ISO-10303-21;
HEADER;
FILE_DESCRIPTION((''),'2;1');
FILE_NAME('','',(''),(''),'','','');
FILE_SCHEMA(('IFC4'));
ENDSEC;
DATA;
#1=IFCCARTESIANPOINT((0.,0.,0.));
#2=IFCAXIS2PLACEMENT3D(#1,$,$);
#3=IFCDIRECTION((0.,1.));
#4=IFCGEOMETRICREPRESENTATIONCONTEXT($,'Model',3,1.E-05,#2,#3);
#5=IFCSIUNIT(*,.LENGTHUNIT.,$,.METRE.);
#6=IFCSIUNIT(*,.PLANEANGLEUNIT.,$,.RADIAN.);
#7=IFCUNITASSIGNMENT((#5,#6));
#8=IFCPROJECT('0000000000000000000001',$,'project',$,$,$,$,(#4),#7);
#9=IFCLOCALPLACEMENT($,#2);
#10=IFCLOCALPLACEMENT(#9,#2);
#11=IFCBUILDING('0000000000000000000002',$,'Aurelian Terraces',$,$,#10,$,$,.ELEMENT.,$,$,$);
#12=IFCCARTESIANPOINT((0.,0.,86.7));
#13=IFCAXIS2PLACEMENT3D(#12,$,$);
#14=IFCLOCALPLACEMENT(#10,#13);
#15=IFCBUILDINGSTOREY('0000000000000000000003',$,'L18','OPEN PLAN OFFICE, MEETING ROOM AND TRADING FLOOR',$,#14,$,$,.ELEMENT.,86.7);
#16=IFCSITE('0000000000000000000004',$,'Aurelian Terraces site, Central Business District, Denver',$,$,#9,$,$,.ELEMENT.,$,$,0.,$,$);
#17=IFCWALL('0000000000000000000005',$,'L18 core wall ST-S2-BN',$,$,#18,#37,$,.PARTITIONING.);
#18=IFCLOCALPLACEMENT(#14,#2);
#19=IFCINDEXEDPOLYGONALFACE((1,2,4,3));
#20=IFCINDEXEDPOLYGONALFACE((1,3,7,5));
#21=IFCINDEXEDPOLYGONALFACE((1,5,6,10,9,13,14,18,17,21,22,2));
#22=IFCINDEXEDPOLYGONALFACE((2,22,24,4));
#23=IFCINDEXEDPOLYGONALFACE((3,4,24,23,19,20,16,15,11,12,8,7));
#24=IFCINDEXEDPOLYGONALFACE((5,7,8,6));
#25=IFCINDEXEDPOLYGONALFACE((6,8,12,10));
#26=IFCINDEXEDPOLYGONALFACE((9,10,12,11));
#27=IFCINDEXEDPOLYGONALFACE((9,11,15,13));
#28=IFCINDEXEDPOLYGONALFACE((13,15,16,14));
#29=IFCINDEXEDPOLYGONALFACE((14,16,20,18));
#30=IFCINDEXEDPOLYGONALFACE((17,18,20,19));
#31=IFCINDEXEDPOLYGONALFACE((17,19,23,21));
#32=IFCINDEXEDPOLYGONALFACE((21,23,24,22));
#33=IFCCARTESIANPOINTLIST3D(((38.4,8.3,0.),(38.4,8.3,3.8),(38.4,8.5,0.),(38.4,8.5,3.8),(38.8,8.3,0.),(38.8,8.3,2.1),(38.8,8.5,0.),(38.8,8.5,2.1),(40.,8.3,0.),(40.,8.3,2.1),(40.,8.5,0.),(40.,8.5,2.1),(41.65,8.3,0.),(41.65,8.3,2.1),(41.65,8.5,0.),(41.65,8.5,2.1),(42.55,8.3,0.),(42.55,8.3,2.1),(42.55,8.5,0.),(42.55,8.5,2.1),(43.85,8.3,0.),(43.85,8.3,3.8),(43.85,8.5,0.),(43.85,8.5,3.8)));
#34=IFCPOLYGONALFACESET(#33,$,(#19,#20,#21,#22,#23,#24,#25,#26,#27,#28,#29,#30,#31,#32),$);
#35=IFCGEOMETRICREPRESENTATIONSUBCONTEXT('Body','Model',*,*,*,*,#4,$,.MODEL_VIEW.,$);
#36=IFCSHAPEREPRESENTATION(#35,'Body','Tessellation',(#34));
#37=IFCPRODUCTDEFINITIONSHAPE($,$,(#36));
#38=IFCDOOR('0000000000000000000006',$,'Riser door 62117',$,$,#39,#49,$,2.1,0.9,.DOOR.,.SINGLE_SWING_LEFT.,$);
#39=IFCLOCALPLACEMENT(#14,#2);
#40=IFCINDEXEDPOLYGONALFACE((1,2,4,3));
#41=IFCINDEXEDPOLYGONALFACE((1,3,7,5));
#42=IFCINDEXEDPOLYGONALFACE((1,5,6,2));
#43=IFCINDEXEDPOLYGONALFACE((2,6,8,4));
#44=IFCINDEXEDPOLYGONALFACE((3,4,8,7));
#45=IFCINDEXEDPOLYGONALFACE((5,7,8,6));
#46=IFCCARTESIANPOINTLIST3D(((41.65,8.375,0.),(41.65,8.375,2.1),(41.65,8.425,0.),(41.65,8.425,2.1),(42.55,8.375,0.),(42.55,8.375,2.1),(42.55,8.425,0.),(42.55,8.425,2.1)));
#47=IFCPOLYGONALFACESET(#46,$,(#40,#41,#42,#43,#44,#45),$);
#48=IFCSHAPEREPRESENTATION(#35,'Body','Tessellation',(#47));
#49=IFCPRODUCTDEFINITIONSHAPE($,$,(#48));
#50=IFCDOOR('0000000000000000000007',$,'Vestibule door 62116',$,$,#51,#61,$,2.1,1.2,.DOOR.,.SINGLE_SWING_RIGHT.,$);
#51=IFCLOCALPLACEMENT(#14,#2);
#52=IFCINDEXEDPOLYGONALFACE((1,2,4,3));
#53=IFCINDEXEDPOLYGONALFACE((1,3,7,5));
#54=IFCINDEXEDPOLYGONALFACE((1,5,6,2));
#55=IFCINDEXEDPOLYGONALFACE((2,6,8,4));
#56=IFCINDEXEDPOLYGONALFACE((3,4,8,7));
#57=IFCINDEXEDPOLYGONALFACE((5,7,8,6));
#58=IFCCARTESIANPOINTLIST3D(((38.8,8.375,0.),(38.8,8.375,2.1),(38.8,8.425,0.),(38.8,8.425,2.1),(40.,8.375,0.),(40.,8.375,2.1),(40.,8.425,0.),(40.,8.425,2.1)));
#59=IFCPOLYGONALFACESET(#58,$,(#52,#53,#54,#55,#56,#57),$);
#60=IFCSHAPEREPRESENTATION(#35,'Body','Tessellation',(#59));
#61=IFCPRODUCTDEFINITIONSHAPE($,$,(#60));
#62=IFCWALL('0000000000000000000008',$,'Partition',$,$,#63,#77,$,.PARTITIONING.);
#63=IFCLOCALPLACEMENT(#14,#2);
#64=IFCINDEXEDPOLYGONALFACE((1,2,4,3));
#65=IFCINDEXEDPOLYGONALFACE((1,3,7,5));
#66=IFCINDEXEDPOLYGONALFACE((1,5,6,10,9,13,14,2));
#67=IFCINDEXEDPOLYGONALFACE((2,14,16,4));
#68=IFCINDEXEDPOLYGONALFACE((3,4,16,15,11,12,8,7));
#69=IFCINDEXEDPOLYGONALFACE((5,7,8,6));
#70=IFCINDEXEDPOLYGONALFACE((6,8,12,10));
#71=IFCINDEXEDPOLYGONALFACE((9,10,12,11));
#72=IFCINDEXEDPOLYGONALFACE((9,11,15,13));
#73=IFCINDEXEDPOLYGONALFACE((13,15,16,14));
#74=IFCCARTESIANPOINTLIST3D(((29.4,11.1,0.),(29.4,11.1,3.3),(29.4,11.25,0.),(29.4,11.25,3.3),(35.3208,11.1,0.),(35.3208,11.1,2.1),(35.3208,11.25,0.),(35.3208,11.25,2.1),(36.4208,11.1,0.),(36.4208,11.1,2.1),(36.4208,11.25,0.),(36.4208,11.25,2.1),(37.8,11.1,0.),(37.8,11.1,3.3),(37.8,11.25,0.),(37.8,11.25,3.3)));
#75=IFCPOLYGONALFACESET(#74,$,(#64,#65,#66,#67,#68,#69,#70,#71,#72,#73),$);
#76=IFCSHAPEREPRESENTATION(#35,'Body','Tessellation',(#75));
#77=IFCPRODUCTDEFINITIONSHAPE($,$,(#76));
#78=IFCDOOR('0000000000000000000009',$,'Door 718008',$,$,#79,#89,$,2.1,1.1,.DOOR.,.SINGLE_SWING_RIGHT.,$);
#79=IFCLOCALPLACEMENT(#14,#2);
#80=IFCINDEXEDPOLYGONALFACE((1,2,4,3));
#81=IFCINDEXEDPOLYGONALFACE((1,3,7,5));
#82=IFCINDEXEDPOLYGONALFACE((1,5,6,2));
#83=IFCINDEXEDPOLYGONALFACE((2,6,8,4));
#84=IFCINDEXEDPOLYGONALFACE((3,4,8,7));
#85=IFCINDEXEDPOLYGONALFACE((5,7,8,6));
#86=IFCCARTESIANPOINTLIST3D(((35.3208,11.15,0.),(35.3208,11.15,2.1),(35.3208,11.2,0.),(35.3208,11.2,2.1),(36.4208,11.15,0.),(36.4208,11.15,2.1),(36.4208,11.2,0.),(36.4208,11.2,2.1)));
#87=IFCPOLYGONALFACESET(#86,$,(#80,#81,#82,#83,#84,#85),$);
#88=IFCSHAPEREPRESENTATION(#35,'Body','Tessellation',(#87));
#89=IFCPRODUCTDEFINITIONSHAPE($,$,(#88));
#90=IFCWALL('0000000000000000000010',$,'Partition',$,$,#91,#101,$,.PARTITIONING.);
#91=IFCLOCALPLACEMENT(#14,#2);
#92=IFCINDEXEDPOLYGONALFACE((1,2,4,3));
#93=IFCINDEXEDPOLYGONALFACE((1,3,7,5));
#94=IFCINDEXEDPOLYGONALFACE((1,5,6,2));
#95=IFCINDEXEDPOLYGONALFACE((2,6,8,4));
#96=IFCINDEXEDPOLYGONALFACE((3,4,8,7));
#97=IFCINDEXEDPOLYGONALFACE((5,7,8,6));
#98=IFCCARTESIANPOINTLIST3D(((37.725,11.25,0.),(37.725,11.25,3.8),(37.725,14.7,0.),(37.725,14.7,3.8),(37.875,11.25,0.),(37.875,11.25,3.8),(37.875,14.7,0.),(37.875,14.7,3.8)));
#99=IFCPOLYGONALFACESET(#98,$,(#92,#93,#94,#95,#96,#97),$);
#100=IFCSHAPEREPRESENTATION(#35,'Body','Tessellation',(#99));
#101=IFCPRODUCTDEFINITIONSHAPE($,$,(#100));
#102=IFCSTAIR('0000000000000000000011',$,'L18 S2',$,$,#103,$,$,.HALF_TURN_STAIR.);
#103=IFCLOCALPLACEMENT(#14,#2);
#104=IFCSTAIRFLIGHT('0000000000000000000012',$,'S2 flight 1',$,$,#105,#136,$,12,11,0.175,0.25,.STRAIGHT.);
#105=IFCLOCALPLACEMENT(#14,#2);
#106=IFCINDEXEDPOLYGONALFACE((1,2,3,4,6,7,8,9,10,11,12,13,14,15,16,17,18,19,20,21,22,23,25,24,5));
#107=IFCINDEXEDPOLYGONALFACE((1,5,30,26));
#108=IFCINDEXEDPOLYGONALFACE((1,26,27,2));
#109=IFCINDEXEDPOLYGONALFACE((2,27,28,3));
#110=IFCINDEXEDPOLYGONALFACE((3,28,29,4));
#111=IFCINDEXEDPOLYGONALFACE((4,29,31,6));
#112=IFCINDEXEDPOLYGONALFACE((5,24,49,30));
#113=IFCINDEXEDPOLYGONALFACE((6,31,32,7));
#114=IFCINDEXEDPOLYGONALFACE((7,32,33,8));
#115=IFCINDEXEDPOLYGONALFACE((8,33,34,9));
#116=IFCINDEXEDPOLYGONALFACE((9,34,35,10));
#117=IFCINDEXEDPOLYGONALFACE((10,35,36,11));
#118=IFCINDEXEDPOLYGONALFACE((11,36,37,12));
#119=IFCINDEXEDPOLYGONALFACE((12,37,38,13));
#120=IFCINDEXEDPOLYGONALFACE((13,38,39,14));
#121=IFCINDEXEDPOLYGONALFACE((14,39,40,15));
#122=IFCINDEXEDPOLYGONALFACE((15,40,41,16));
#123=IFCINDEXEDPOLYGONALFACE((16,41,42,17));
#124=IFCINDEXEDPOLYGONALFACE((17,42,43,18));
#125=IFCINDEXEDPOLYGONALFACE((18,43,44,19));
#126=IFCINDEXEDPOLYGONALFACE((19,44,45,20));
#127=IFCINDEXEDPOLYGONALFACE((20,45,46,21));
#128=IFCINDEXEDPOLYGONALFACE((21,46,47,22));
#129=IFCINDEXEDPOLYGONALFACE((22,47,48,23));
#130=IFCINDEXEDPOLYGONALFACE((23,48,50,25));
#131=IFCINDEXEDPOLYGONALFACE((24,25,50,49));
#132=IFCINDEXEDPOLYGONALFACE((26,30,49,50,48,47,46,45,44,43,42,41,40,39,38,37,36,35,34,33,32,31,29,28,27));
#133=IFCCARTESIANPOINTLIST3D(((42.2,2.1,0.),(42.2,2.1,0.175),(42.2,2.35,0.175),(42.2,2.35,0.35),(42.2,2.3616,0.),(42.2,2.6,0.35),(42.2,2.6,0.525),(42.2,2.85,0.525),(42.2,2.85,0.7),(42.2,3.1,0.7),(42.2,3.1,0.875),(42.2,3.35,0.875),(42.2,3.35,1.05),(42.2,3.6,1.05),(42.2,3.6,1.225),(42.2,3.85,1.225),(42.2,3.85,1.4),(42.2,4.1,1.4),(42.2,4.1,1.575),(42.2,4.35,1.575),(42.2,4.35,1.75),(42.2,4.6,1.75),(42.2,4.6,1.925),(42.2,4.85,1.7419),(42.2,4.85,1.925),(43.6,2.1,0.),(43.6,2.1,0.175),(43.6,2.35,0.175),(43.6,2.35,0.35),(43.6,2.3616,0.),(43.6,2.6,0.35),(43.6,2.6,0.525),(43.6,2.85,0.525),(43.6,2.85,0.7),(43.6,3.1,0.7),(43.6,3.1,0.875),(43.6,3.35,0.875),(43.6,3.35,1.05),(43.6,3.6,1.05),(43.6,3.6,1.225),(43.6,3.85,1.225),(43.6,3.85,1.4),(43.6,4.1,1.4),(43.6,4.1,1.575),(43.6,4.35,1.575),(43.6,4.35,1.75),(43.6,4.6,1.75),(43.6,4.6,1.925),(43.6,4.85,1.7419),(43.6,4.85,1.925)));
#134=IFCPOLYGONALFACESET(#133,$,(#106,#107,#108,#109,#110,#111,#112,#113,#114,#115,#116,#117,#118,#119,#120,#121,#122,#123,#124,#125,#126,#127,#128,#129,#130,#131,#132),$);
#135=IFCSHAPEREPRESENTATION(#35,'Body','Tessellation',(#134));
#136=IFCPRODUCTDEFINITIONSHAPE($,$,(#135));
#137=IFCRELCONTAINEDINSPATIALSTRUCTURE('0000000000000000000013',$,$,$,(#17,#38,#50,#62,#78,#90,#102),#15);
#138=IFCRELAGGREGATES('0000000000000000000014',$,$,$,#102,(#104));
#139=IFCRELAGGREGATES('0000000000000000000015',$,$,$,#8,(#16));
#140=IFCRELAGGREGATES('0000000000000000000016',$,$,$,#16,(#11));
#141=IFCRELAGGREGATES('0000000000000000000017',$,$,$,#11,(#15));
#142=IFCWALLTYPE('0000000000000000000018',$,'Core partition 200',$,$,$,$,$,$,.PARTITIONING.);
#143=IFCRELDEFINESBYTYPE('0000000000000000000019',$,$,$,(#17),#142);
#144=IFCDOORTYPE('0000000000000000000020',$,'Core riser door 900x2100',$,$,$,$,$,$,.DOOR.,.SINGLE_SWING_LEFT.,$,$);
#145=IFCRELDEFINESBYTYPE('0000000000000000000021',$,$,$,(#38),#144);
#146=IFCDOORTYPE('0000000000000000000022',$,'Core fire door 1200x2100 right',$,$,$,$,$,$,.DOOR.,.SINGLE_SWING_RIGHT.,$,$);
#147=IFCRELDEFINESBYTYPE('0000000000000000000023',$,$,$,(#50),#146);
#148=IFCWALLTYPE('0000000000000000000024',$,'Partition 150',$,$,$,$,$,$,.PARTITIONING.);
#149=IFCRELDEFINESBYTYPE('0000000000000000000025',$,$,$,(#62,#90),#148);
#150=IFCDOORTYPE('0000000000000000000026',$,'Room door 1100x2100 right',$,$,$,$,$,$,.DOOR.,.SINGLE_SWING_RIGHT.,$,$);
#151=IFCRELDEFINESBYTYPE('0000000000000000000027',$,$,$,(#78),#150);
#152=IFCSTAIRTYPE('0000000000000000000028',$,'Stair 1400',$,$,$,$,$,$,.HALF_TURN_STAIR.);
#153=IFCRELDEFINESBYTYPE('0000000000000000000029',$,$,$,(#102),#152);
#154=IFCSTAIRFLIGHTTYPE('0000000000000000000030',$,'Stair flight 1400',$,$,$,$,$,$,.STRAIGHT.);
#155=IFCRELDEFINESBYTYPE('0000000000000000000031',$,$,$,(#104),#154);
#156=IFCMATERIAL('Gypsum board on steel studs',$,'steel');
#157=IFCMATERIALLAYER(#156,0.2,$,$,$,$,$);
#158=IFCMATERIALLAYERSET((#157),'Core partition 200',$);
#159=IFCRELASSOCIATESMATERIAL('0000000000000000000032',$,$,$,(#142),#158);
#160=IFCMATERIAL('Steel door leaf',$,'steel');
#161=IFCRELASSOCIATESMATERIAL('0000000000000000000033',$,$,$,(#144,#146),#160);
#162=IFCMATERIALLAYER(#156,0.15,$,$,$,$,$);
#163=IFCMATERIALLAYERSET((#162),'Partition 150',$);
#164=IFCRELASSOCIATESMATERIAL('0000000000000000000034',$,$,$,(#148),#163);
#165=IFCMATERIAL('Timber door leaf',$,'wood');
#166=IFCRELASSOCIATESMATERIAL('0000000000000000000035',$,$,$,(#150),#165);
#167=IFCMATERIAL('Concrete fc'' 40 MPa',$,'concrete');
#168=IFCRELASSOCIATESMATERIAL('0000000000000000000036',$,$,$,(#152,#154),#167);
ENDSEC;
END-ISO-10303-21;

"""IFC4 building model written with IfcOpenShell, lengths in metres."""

from ifc_helpers import new_model, si_unit, direction, frame, frame_2d, origin, place, context, subcontext, project, spatial, polyline, rectangle, outline, extrude, source, transform, mapped, material, layer, layer_set, type_object, element, fill, aggregate, save


model = new_model("IFC4")

# Units and contexts
model_context = context("Model", 3, precision=1e-05, world=origin(), true_north=direction((0.0, 1.0)))
body_context = subcontext(model_context, "Body", "Model", "MODEL_VIEW")
ifc_project = project(units=[si_unit("LENGTHUNIT", "METRE"), si_unit("PLANEANGLEUNIT", "RADIAN")], contexts=[model_context])

# Site, building, storey
site_placement = place(None, origin())
site = spatial("IfcSite", under=ifc_project, at=site_placement, Name="Aurelian Terraces site, Central Business District, Denver", CompositionType="ELEMENT", RefElevation=0.0)
building_placement = place(site_placement, origin())
building = spatial("IfcBuilding", under=site, at=building_placement, Name="Aurelian Terraces", CompositionType="ELEMENT")
storey_placement = place(building_placement, frame((0.0, 0.0, 86.7)))
storey = spatial("IfcBuildingStorey", under=building, at=storey_placement, Name="L18", Description="OPEN PLAN OFFICE, MEETING ROOM AND TRADING FLOOR", CompositionType="ELEMENT", Elevation=86.7)

# Shared definitions
ifc_material_1 = material(Name="Concrete fc' 40 MPa", Category="concrete")

# Shared definitions
ifc_material_2 = material(Name="Steel door leaf", Category="steel")
shared_shape_1 = source(origin(), body_context, "Body", "SweptSolid", [
    extrude(rectangle(XDim=1.1, YDim=2.1, at=frame_2d((0.55, 1.05))), frame((0.0, 0.025, 0.0), z_axis=(0.0, -1.0, 0.0), x_axis=(1.0, 0.0, 0.0)), (0.0, 0.0, 1.0), 0.05),
])

# Shared definitions
ifc_material_3 = material(Name="Gypsum board on steel studs", Category="steel")
ifc_layer_1 = layer(ifc_material_3, 0.2)
ifc_layer_set_1 = layer_set([ifc_layer_1], Name="Core partition 200")
wall_type_1 = type_object("IfcWallType", Name="Core partition 200", PredefinedType="PARTITIONING", material=ifc_layer_set_1)

# Wall, openings, doors
shared_shape_2 = source(origin(), body_context, "Body", "SweptSolid", [
    extrude(rectangle(XDim=5.45, YDim=0.2, at=frame_2d((2.725, 0.0))), origin(), (0.0, 0.0, 1.0), 3.8),
])
wall_1_placement = place(storey_placement, frame((38.4, 8.4, 0.0), z_axis=(0.0, 0.0, 1.0), x_axis=(1.0, 0.0, 0.0)))
wall_1 = element("IfcWall", 1, at=wall_1_placement, inside=storey, type_object=wall_type_1, Name="L18 core wall ST-S2-BN", PredefinedType="PARTITIONING", context=body_context, shape_type="MappedRepresentation", body=[
    mapped(shared_shape_2, transform((0.0, 0.0, 0.0), scale=1.0)),
])
shared_shape_3 = source(origin(), body_context, "Body", "SweptSolid", [
    extrude(rectangle(XDim=1.2, YDim=2.1, at=frame_2d((0.6, 1.05))), frame((0.0, 0.11, 0.0), z_axis=(0.0, -1.0, 0.0), x_axis=(1.0, 0.0, 0.0)), (0.0, 0.0, 1.0), 0.22),
])
opening_1_placement = place(wall_1_placement, frame((0.4, 0.0, 0.0)))
opening_1 = element("IfcOpeningElement", 2, at=opening_1_placement, cuts=wall_1, PredefinedType="OPENING", context=body_context, shape_type="MappedRepresentation", body=[
    mapped(shared_shape_3, transform((0.0, 0.0, 0.0), scale=1.0)),
])
shared_shape_4 = source(origin(), body_context, "Body", "SweptSolid", [
    extrude(rectangle(XDim=0.9, YDim=2.1, at=frame_2d((0.45, 1.05))), frame((0.0, 0.11, 0.0), z_axis=(0.0, -1.0, 0.0), x_axis=(1.0, 0.0, 0.0)), (0.0, 0.0, 1.0), 0.22),
])
opening_2_placement = place(wall_1_placement, frame((3.25, 0.0, 0.0)))
opening_2 = element("IfcOpeningElement", 3, at=opening_2_placement, cuts=wall_1, PredefinedType="OPENING", context=body_context, shape_type="MappedRepresentation", body=[
    mapped(shared_shape_4, transform((0.0, 0.0, 0.0), scale=1.0)),
])
door_type_1 = type_object("IfcDoorType", Name="Core riser door 900x2100", OperationType="SINGLE_SWING_LEFT", PredefinedType="DOOR", material=ifc_material_2)
shared_shape_5 = source(origin(), body_context, "Body", "SweptSolid", [
    extrude(rectangle(XDim=0.9, YDim=2.1, at=frame_2d((0.45, 1.05))), frame((0.0, 0.025, 0.0), z_axis=(0.0, -1.0, 0.0), x_axis=(1.0, 0.0, 0.0)), (0.0, 0.0, 1.0), 0.05),
])
door_1_placement = place(opening_2_placement, origin())
door_1 = element("IfcDoor", 4, at=door_1_placement, inside=storey, type_object=door_type_1, Name="Riser door 62117", OperationType="SINGLE_SWING_LEFT", OverallHeight=2.1, OverallWidth=0.9, PredefinedType="DOOR", context=body_context, shape_type="MappedRepresentation", body=[
    mapped(shared_shape_5, transform((0.0, 0.0, 0.0), scale=1.0)),
])
fill(opening_2, door_1)
door_type_2 = type_object("IfcDoorType", Name="Core fire door 1200x2100 right", OperationType="SINGLE_SWING_RIGHT", PredefinedType="DOOR", material=ifc_material_2)
shared_shape_6 = source(origin(), body_context, "Body", "SweptSolid", [
    extrude(rectangle(XDim=1.2, YDim=2.1, at=frame_2d((0.6, 1.05))), frame((0.0, 0.025, 0.0), z_axis=(0.0, -1.0, 0.0), x_axis=(1.0, 0.0, 0.0)), (0.0, 0.0, 1.0), 0.05),
])
door_2_placement = place(opening_1_placement, origin())
door_2 = element("IfcDoor", 5, at=door_2_placement, inside=storey, type_object=door_type_2, Name="Vestibule door 62116", OperationType="SINGLE_SWING_RIGHT", OverallHeight=2.1, OverallWidth=1.2, PredefinedType="DOOR", context=body_context, shape_type="MappedRepresentation", body=[
    mapped(shared_shape_6, transform((0.0, 0.0, 0.0), scale=1.0)),
])
fill(opening_1, door_2)

# Wall, opening, door
ifc_layer_2 = layer(ifc_material_3, 0.15)
ifc_layer_set_2 = layer_set([ifc_layer_2], Name="Partition 150")
wall_type_2 = type_object("IfcWallType", Name="Partition 150", PredefinedType="PARTITIONING", material=ifc_layer_set_2)
shared_shape_7 = source(origin(), body_context, "Body", "SweptSolid", [
    extrude(rectangle(XDim=8.4, YDim=0.15, at=frame_2d((4.2, 0.0))), origin(), (0.0, 0.0, 1.0), 3.3),
])
wall_2_placement = place(storey_placement, frame((37.8, 11.175, 0.0), z_axis=(0.0, 0.0, 1.0), x_axis=(-1.0, 0.0, 0.0)))
wall_2 = element("IfcWall", 6, at=wall_2_placement, inside=storey, type_object=wall_type_2, Name="Partition", PredefinedType="PARTITIONING", context=body_context, shape_type="MappedRepresentation", body=[
    mapped(shared_shape_7, transform((0.0, 0.0, 0.0), scale=1.0)),
])
shared_shape_8 = source(origin(), body_context, "Body", "SweptSolid", [
    extrude(rectangle(XDim=1.1, YDim=2.1, at=frame_2d((0.55, 1.05))), frame((0.0, 0.085, 0.0), z_axis=(0.0, -1.0, 0.0), x_axis=(1.0, 0.0, 0.0)), (0.0, 0.0, 1.0), 0.17),
])
opening_3_placement = place(wall_2_placement, frame((1.3792, 0.0, 0.0)))
opening_3 = element("IfcOpeningElement", 7, at=opening_3_placement, cuts=wall_2, PredefinedType="OPENING", context=body_context, shape_type="MappedRepresentation", body=[
    mapped(shared_shape_8, transform((0.0, 0.0, 0.0), scale=1.0)),
])
ifc_material_4 = material(Name="Timber door leaf", Category="wood")
door_type_3 = type_object("IfcDoorType", Name="Room door 1100x2100 right", OperationType="SINGLE_SWING_RIGHT", PredefinedType="DOOR", material=ifc_material_4)
door_3_placement = place(opening_3_placement, origin())
door_3 = element("IfcDoor", 8, at=door_3_placement, inside=storey, type_object=door_type_3, Name="Door 718008", OperationType="SINGLE_SWING_RIGHT", OverallHeight=2.1, OverallWidth=1.1, PredefinedType="DOOR", context=body_context, shape_type="MappedRepresentation", body=[
    mapped(shared_shape_1, transform((0.0, 0.0, 0.0), scale=1.0)),
])
fill(opening_3, door_3)

# Wall
shared_shape_9 = source(origin(), body_context, "Body", "SweptSolid", [
    extrude(rectangle(XDim=3.45, YDim=0.15, at=frame_2d((1.725, 0.0))), origin(), (0.0, 0.0, 1.0), 3.8),
])
wall_3_placement = place(storey_placement, frame((37.8, 11.25, 0.0), z_axis=(0.0, 0.0, 1.0), x_axis=(0.0, 1.0, 0.0)))
element("IfcWall", 9, at=wall_3_placement, inside=storey, type_object=wall_type_2, Name="Partition", PredefinedType="PARTITIONING", context=body_context, shape_type="MappedRepresentation", body=[
    mapped(shared_shape_9, transform((0.0, 0.0, 0.0), scale=1.0)),
])

# Stair, stair flight
stair_type = type_object("IfcStairType", Name="Stair 1400", PredefinedType="HALF_TURN_STAIR", material=ifc_material_1)
stair_placement = place(storey_placement, origin())
stair = element("IfcStair", 10, at=stair_placement, inside=storey, type_object=stair_type, Name="L18 S2", PredefinedType="HALF_TURN_STAIR")
stair_flight_type = type_object("IfcStairFlightType", Name="Stair flight 1400", PredefinedType="STRAIGHT", material=ifc_material_1)
shared_shape_10 = source(origin(), body_context, "Body", "SweptSolid", [
    extrude(outline(polyline([(0.0, 0.0), (0.0, 0.175), (0.25, 0.175), (0.25, 0.35), (0.5, 0.35), (0.5, 0.525), (0.75, 0.525), (0.75, 0.7), (1.0, 0.7), (1.0, 0.875), (1.25, 0.875), (1.25, 1.05), (1.5, 1.05), (1.5, 1.225), (1.75, 1.225), (1.75, 1.4), (2.0, 1.4), (2.0, 1.575), (2.25, 1.575), (2.25, 1.75), (2.5, 1.75), (2.5, 1.925), (2.75, 1.925), (2.75, 2.1), (2.75, 1.7419), (0.2616, 0.0), (0.0, 0.0)])), frame((0.0, 0.7, 0.0), z_axis=(0.0, -1.0, 0.0), x_axis=(1.0, 0.0, 0.0)), (0.0, 0.0, 1.0), 1.4),
])
stair_flight_1_placement = place(storey_placement, frame((42.9, 2.1, 0.0), z_axis=(0.0, 0.0, 1.0), x_axis=(0.0, 1.0, 0.0)))
stair_flight_1 = element("IfcStairFlight", 11, at=stair_flight_1_placement, type_object=stair_flight_type, Name="S2 flight 1", NumberOfRisers=12, NumberOfTreads=11, PredefinedType="STRAIGHT", RiserHeight=0.175, TreadLength=0.25, context=body_context, shape_type="MappedRepresentation", body=[
    mapped(shared_shape_10, transform((0.0, 0.0, 0.0), scale=1.0)),
])
aggregate(stair, [stair_flight_1])

save(model, "model.ifc")
